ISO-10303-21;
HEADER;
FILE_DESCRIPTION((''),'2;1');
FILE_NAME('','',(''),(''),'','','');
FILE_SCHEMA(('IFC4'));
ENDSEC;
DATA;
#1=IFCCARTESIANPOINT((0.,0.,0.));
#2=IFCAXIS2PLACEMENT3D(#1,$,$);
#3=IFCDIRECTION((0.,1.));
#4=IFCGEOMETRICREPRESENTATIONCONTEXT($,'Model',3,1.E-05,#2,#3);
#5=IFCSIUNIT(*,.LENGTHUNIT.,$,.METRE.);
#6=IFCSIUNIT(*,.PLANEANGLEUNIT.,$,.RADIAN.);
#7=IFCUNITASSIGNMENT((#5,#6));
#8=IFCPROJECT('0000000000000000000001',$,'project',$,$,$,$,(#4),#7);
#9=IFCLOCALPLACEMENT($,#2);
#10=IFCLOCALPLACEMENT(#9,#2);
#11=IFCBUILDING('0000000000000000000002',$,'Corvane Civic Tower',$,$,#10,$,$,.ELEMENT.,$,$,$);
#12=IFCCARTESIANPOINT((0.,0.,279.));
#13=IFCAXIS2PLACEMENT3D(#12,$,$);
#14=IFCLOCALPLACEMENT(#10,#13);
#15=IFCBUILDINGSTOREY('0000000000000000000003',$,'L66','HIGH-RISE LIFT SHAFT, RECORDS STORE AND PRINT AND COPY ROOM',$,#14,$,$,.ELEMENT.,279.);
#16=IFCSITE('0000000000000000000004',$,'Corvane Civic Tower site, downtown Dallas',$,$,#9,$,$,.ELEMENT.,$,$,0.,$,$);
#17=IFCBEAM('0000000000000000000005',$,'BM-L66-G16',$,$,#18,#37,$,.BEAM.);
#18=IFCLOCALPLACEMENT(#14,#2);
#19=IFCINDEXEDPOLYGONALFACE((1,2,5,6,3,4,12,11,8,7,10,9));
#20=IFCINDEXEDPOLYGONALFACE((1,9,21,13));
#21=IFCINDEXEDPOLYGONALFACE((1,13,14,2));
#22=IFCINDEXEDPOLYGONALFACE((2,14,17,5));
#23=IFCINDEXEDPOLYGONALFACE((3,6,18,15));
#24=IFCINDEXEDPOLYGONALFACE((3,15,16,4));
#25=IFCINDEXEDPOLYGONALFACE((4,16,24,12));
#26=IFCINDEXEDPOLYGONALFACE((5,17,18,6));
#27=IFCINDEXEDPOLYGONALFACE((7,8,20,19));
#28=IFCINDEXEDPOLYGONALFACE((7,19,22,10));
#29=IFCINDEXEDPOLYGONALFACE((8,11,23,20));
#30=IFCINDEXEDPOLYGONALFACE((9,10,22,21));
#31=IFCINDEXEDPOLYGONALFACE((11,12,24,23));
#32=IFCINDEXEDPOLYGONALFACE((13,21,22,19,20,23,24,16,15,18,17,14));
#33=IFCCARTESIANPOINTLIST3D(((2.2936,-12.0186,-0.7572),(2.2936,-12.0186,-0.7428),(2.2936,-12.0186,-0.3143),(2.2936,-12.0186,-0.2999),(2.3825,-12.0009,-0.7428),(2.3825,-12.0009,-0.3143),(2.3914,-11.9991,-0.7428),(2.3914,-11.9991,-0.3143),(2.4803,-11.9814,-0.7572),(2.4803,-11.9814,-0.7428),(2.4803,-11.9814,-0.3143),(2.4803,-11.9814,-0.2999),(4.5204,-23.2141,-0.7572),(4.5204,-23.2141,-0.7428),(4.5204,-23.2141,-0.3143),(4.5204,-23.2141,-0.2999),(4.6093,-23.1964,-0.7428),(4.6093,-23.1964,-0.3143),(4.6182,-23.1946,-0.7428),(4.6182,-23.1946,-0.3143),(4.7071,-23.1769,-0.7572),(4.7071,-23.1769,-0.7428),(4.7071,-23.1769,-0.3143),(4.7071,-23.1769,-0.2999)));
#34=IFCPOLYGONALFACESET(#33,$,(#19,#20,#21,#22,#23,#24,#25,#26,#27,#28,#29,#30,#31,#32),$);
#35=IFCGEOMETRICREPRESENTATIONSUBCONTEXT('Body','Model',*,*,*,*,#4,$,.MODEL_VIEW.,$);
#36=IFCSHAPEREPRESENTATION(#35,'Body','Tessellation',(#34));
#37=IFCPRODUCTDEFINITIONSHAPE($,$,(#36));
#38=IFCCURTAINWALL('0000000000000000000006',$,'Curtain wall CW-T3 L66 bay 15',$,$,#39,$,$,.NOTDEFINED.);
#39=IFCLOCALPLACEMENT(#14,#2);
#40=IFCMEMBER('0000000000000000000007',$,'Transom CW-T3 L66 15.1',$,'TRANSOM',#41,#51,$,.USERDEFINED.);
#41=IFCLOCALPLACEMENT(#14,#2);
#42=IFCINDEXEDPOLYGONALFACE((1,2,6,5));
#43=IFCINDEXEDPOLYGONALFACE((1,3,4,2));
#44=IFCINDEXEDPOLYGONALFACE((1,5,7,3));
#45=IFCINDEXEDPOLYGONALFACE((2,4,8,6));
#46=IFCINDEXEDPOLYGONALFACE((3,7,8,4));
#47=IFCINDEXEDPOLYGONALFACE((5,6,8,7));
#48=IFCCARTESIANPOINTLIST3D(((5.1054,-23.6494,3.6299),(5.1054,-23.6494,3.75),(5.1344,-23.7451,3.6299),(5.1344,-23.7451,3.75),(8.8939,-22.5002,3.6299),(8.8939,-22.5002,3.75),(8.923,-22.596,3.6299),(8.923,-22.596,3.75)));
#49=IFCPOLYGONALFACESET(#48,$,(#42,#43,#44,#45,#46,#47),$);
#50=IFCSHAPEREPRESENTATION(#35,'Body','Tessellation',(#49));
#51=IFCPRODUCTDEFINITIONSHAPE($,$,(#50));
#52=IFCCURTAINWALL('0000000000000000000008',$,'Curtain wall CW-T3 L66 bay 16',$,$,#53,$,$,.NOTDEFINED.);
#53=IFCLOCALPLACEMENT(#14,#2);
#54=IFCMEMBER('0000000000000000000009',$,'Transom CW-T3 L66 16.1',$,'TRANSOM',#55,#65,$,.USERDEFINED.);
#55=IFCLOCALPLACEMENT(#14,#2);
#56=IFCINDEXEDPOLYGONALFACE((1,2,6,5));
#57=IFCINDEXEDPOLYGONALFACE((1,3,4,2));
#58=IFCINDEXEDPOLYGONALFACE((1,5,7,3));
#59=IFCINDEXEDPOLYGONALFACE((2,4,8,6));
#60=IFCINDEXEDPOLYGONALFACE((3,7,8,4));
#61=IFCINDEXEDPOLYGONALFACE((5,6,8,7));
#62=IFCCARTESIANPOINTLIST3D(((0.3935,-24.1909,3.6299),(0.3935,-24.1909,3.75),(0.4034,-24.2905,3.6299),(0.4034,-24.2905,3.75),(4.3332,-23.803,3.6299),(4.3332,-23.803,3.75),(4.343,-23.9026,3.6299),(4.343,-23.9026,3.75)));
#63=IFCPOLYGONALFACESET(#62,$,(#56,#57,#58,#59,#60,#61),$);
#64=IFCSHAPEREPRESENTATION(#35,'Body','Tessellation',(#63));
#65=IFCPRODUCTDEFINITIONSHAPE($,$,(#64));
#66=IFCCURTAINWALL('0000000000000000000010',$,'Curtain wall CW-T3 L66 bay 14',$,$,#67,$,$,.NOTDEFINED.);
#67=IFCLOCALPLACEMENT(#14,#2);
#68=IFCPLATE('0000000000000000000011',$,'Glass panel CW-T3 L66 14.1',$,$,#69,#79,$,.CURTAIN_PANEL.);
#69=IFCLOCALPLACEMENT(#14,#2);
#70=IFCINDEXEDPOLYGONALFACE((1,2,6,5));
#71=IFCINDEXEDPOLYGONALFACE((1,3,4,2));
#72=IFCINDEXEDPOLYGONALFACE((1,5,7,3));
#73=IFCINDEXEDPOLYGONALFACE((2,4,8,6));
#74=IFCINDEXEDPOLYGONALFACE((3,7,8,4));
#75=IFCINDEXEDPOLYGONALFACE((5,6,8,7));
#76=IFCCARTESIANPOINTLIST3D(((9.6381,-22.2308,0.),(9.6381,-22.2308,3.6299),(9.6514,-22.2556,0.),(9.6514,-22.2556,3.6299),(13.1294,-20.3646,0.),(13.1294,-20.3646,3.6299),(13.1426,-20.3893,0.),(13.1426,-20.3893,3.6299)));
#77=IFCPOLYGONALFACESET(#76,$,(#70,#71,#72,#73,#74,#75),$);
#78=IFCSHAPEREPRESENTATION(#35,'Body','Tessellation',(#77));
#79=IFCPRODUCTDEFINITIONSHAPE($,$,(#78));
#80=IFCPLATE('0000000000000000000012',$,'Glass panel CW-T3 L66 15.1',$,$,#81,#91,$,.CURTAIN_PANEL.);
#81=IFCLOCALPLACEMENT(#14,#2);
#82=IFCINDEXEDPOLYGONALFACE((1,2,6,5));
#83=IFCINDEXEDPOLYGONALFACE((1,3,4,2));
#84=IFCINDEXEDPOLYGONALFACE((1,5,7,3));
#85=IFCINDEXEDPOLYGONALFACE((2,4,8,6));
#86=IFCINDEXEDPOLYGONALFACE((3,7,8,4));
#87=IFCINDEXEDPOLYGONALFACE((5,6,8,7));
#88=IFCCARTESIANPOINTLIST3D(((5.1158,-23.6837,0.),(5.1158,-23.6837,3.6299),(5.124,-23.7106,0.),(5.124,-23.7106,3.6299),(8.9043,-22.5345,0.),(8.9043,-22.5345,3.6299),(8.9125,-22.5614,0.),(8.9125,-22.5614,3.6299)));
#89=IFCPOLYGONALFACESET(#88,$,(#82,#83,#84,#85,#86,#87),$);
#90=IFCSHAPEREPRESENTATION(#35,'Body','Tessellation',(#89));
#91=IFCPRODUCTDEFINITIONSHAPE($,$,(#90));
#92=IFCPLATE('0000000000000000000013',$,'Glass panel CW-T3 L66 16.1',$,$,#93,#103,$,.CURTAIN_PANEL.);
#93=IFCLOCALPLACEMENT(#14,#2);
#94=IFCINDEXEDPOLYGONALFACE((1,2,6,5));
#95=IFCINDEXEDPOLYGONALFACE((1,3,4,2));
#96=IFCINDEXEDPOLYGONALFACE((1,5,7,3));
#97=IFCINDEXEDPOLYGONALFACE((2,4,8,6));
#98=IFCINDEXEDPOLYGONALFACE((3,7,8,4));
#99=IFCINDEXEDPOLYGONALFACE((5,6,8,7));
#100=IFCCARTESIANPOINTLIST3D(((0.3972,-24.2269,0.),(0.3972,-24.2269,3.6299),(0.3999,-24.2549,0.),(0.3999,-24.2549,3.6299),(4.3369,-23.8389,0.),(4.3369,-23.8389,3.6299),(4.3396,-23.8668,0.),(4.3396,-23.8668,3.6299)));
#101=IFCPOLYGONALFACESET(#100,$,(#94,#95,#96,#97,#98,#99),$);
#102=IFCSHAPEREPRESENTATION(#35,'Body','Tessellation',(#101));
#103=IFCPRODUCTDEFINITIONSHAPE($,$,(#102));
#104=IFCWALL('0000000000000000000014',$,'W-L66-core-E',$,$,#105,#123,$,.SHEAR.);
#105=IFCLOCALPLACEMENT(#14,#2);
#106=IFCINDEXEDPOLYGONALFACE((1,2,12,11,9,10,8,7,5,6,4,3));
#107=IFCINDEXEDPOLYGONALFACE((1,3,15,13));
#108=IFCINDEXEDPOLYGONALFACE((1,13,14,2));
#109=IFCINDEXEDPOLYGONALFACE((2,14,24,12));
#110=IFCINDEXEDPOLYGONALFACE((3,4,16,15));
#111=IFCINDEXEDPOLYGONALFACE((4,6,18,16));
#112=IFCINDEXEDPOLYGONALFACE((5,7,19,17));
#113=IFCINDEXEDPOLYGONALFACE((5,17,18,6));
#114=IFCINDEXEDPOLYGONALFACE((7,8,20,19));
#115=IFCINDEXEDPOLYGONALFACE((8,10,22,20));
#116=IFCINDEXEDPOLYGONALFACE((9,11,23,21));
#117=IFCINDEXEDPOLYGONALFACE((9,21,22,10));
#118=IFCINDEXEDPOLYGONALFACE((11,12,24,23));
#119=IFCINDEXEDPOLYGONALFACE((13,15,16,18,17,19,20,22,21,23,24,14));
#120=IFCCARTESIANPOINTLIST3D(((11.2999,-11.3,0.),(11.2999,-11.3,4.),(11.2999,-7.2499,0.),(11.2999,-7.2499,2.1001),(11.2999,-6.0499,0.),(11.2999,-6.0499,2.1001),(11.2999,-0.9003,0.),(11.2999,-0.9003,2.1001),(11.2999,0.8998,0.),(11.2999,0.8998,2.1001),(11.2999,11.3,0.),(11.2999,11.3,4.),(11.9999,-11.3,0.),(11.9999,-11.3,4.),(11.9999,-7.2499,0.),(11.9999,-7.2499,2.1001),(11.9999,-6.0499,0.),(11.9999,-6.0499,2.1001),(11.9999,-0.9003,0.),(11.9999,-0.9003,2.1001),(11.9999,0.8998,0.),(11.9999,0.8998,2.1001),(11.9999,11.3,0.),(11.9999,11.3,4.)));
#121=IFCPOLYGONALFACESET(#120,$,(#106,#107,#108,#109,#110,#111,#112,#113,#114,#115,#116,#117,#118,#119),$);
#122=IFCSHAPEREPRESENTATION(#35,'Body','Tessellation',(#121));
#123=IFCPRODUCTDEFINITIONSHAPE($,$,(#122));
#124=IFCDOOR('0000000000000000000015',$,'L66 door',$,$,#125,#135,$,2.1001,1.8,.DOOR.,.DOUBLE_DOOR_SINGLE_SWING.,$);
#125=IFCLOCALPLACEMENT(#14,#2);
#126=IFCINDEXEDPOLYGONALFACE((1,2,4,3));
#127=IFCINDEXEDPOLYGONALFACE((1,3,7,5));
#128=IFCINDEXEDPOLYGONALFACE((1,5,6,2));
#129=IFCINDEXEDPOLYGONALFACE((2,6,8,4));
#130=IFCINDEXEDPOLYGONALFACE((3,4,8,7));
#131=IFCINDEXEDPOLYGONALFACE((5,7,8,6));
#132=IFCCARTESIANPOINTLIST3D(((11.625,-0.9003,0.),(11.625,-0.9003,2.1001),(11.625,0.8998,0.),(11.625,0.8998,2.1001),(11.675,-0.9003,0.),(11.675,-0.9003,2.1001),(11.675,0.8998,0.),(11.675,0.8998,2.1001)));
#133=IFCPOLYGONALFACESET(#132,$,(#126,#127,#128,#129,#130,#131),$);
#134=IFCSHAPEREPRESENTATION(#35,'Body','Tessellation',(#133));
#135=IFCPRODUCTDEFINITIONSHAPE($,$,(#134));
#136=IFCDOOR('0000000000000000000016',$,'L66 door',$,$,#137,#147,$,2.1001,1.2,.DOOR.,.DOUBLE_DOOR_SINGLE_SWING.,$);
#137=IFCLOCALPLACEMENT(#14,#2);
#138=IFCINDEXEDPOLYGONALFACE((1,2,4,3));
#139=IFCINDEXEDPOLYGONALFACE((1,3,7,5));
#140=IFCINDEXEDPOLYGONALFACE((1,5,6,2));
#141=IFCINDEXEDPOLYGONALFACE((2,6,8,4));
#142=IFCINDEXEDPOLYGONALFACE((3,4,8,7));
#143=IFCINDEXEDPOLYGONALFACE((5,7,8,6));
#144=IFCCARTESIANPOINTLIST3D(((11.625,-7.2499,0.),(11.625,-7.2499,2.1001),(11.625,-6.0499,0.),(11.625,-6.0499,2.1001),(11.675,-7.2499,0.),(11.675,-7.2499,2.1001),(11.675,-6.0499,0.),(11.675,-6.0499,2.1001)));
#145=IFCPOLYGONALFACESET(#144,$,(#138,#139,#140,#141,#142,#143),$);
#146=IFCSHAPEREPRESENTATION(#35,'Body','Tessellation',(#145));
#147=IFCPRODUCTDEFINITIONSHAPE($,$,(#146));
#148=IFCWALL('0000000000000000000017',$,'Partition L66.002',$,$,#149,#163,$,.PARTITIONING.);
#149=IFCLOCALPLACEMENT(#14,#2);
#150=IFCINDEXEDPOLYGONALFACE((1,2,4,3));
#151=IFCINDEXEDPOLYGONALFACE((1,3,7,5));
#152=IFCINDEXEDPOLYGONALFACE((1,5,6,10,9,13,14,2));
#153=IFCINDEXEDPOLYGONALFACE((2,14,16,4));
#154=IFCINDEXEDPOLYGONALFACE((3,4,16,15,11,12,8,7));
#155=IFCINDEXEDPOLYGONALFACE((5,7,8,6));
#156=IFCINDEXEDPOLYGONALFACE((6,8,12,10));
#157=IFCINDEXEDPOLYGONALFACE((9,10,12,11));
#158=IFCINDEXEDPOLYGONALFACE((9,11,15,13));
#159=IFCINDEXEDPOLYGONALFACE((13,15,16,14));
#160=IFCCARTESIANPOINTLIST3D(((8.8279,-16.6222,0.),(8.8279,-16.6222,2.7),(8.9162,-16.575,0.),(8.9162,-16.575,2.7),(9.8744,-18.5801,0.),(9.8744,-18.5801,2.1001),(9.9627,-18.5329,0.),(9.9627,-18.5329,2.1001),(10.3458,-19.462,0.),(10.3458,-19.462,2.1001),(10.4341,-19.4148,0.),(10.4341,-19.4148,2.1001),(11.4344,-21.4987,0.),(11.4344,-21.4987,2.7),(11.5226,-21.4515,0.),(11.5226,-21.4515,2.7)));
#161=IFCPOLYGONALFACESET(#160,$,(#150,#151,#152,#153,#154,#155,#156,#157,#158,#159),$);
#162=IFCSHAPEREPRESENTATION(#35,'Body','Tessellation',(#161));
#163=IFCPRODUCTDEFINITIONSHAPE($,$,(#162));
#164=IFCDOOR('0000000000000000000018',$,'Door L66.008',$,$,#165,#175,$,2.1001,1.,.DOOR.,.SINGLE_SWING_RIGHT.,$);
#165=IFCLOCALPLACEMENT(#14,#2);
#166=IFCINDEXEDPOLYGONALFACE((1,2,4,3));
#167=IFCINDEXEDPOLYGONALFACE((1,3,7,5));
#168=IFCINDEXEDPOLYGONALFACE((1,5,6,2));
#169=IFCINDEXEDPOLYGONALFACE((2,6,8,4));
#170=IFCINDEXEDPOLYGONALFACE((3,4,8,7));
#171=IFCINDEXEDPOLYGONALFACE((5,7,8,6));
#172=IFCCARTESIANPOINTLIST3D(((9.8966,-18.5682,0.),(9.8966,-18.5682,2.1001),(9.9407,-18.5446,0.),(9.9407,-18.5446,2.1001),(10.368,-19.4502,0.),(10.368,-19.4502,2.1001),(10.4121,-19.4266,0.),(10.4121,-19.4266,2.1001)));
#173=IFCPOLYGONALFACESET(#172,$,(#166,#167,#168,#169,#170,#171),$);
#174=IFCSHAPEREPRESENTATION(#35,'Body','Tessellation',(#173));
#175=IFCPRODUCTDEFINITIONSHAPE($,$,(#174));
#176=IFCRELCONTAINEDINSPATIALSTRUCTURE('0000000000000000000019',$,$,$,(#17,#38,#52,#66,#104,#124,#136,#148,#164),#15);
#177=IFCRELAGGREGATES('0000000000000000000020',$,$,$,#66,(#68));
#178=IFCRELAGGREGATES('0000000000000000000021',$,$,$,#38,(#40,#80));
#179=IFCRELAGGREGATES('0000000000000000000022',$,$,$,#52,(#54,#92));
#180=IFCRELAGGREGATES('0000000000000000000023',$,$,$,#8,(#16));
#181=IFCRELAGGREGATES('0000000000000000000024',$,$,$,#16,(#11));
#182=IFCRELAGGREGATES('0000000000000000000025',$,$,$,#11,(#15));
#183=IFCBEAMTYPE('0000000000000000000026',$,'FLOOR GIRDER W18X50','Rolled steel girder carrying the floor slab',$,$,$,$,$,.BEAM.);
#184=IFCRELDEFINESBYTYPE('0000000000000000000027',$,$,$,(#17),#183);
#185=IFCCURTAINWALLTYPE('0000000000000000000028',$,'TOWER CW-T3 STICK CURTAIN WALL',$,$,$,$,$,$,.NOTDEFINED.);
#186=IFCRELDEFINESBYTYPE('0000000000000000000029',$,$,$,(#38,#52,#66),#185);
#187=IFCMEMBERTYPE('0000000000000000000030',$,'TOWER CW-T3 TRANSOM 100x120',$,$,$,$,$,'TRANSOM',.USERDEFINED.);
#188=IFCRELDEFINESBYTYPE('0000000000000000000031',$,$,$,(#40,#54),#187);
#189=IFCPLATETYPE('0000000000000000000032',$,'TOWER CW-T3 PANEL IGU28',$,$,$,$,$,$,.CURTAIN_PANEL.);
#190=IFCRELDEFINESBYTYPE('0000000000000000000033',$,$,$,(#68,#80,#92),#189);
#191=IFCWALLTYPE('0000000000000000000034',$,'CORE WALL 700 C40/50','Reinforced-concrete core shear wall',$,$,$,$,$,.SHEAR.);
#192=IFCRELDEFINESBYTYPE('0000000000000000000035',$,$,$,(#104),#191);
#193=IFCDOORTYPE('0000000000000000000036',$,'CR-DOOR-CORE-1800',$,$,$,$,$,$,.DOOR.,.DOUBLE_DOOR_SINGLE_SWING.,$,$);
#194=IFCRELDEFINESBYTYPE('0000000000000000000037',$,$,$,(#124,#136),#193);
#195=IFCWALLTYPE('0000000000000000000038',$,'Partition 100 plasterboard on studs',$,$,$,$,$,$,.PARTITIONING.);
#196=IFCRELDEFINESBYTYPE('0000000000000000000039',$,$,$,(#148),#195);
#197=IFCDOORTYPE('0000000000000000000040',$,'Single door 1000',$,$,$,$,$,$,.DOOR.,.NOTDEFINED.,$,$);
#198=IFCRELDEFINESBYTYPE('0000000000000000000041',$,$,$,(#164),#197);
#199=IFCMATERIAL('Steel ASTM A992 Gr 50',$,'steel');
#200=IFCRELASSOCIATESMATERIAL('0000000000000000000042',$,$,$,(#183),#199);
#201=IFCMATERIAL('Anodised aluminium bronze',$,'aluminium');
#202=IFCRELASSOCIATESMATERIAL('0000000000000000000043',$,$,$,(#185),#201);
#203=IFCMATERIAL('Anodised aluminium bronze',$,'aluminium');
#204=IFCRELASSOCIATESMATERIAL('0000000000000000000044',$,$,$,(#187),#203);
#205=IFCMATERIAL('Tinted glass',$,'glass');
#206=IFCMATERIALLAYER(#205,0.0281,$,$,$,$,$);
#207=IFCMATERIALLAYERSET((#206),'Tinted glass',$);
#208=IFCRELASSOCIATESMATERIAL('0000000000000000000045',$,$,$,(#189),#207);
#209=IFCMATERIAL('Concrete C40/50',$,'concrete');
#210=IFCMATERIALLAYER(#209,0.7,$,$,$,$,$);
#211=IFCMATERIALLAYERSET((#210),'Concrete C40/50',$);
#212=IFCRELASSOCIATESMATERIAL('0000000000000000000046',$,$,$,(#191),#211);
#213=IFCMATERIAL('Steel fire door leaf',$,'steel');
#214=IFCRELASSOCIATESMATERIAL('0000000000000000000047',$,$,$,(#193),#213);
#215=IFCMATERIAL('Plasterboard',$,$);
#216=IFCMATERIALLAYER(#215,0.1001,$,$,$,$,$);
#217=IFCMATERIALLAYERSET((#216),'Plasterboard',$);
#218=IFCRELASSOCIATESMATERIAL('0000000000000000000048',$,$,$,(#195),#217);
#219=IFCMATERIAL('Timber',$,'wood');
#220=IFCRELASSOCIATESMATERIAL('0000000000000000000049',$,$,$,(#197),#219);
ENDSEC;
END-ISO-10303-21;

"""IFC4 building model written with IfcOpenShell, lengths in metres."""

from ifc_helpers import new_model, si_unit, direction, frame, frame_2d, origin, origin_2d, place, context, subcontext, project, spatial, rectangle, i_section, extrude, material, layer, layer_set, material_profile, profile_set, type_object, element, fill, aggregate, save


model = new_model("IFC4")

# Units and contexts
model_context = context("Model", 3, precision=1e-05, world=origin(), true_north=direction((0.0, 1.0)))
body_context = subcontext(model_context, "Body", "Model", "MODEL_VIEW")
ifc_project = project(units=[si_unit("LENGTHUNIT", "METRE"), si_unit("PLANEANGLEUNIT", "RADIAN")], contexts=[model_context])

# Site, building, storey
site_placement = place(None, origin())
site = spatial("IfcSite", under=ifc_project, at=site_placement, Name="Corvane Civic Tower site, downtown Dallas", CompositionType="ELEMENT", RefElevation=0.0)
building_placement = place(site_placement, origin())
building = spatial("IfcBuilding", under=site, at=building_placement, Name="Corvane Civic Tower", CompositionType="ELEMENT")
storey_placement = place(building_placement, frame((0.0, 0.0, 279.0)))
storey = spatial("IfcBuildingStorey", under=building, at=storey_placement, Name="L66", Description="HIGH-RISE LIFT SHAFT, RECORDS STORE AND PRINT AND COPY ROOM", CompositionType="ELEMENT", Elevation=279.0)

# Beam
ifc_material_1 = material(Name="Steel ASTM A992 Gr 50", Category="steel")
ifc_material_profile_1 = material_profile(ifc_material_1, i_section(OverallWidth=0.1904, OverallDepth=0.4573, WebThickness=0.009, FlangeThickness=0.0144, at=origin_2d()), Name="W18X50")
ifc_profile_set_1 = profile_set([ifc_material_profile_1], Name="Steel ASTM A992 Gr 50")
beam_type_1 = type_object("IfcBeamType", Name="FLOOR GIRDER W18X50", Description="Rolled steel girder carrying the floor slab", PredefinedType="BEAM", material=ifc_profile_set_1)
beam_1_placement = place(storey_placement, frame((2.387, -12.0, -0.5286), z_axis=(0.19508, -0.980787, 0.0), x_axis=(0.980787, 0.19508, 0.0)))
element("IfcBeam", 1, at=beam_1_placement, inside=storey, type_object=beam_type_1, Name="BM-L66-G16", PredefinedType="BEAM", context=body_context, shape_type="SweptSolid", body=[
    extrude(i_section(OverallWidth=0.1904, OverallDepth=0.4573, WebThickness=0.009, FlangeThickness=0.0144, at=origin_2d()), origin(), (0.0, 0.0, 1.0), 11.4148),
])

# Curtain walls, members
ifc_material_2 = material(Name="Anodised aluminium bronze", Category="aluminium")
curtain_wall_type = type_object("IfcCurtainWallType", Name="TOWER CW-T3 STICK CURTAIN WALL", PredefinedType="NOTDEFINED", material=ifc_material_2)
curtain_wall_1_placement = place(storey_placement, origin())
curtain_wall_1 = element("IfcCurtainWall", 2, at=curtain_wall_1_placement, inside=storey, type_object=curtain_wall_type, Name="Curtain wall CW-T3 L66 bay 15", PredefinedType="NOTDEFINED")
ifc_material_3 = material(Name="Anodised aluminium bronze", Category="aluminium")
ifc_material_profile_2 = material_profile(ifc_material_3, rectangle(XDim=0.1001, YDim=0.1201, at=origin_2d()), Name="TOWER CW-T3 TRANSOM 100x120")
ifc_profile_set_2 = profile_set([ifc_material_profile_2], Name="Anodised aluminium bronze")
member_type = type_object("IfcMemberType", Name="TOWER CW-T3 TRANSOM 100x120", ElementType="TRANSOM", PredefinedType="USERDEFINED", material=ifc_profile_set_2)
member_1_placement = place(storey_placement, frame((8.9084, -22.5481, 3.6899), z_axis=(-0.956946, -0.290266, 0.0), x_axis=(0.290266, -0.956946, 0.0)))
member_1 = element("IfcMember", 3, at=member_1_placement, type_object=member_type, Name="Transom CW-T3 L66 15.1", ObjectType="TRANSOM", PredefinedType="USERDEFINED", context=body_context, shape_type="SweptSolid", body=[
    extrude(rectangle(XDim=0.1001, YDim=0.1201, at=origin_2d()), origin(), (0.0, 0.0, 1.0), 3.959),
])
curtain_wall_2_placement = place(storey_placement, origin())
curtain_wall_2 = element("IfcCurtainWall", 4, at=curtain_wall_2_placement, inside=storey, type_object=curtain_wall_type, Name="Curtain wall CW-T3 L66 bay 16", PredefinedType="NOTDEFINED")
member_2_placement = place(storey_placement, frame((4.3381, -23.8528, 3.6899), z_axis=(-0.995187, -0.097995, 0.0), x_axis=(0.097995, -0.995187, 0.0)))
member_2 = element("IfcMember", 5, at=member_2_placement, type_object=member_type, Name="Transom CW-T3 L66 16.1", ObjectType="TRANSOM", PredefinedType="USERDEFINED", context=body_context, shape_type="SweptSolid", body=[
    extrude(rectangle(XDim=0.1001, YDim=0.1201, at=origin_2d()), origin(), (0.0, 0.0, 1.0), 3.9587),
])

# Curtain wall, plate
curtain_wall_3_placement = place(storey_placement, origin())
curtain_wall_3 = element("IfcCurtainWall", 6, at=curtain_wall_3_placement, inside=storey, type_object=curtain_wall_type, Name="Curtain wall CW-T3 L66 bay 14", PredefinedType="NOTDEFINED")
ifc_material_4 = material(Name="Tinted glass", Category="glass")
ifc_layer_1 = layer(ifc_material_4, 0.0281)
ifc_layer_set_1 = layer_set([ifc_layer_1], Name="Tinted glass")
plate_type = type_object("IfcPlateType", Name="TOWER CW-T3 PANEL IGU28", PredefinedType="CURTAIN_PANEL", material=ifc_layer_set_1)
plate_1_placement = place(storey_placement, frame((11.3904, -21.3101, 0.0), z_axis=(0.0, 0.0, 1.0), x_axis=(-0.881908, -0.471421, 0.0)))
plate_1 = element("IfcPlate", 7, at=plate_1_placement, type_object=plate_type, Name="Glass panel CW-T3 L66 14.1", PredefinedType="CURTAIN_PANEL", context=body_context, shape_type="SweptSolid", body=[
    extrude(rectangle(XDim=3.9587, YDim=0.0281, at=origin_2d()), origin(), (0.0, 0.0, 1.0), 3.6299),
])
aggregate(curtain_wall_3, [plate_1])

# Plates
plate_2_placement = place(storey_placement, frame((7.0142, -23.1226, 0.0), z_axis=(0.0, 0.0, 1.0), x_axis=(-0.956944, -0.290274, 0.0)))
plate_2 = element("IfcPlate", 8, at=plate_2_placement, type_object=plate_type, Name="Glass panel CW-T3 L66 15.1", PredefinedType="CURTAIN_PANEL", context=body_context, shape_type="SweptSolid", body=[
    extrude(rectangle(XDim=3.959, YDim=0.0281, at=origin_2d()), origin(), (0.0, 0.0, 1.0), 3.6299),
])
aggregate(curtain_wall_1, [member_1, plate_2])
plate_3_placement = place(storey_placement, frame((2.3684, -24.0469, 0.0), z_axis=(0.0, 0.0, 1.0), x_axis=(-0.995184, -0.098021, 0.0)))
plate_3 = element("IfcPlate", 9, at=plate_3_placement, type_object=plate_type, Name="Glass panel CW-T3 L66 16.1", PredefinedType="CURTAIN_PANEL", context=body_context, shape_type="SweptSolid", body=[
    extrude(rectangle(XDim=3.9587, YDim=0.0281, at=origin_2d()), origin(), (0.0, 0.0, 1.0), 3.6299),
])
aggregate(curtain_wall_2, [member_2, plate_3])

# Wall, openings, doors
ifc_material_5 = material(Name="Concrete C40/50", Category="concrete")
ifc_layer_2 = layer(ifc_material_5, 0.7)
ifc_layer_set_2 = layer_set([ifc_layer_2], Name="Concrete C40/50")
wall_type_1 = type_object("IfcWallType", Name="CORE WALL 700 C40/50", Description="Reinforced-concrete core shear wall", PredefinedType="SHEAR", material=ifc_layer_set_2)
wall_1_placement = place(storey_placement, frame((11.6499, -11.3, 0.0), z_axis=(0.0, 0.0, 1.0), x_axis=(0.0, 1.0, 0.0)))
wall_1 = element("IfcWall", 10, at=wall_1_placement, inside=storey, type_object=wall_type_1, Name="W-L66-core-E", PredefinedType="SHEAR", context=body_context, shape_type="SweptSolid", body=[
    extrude(rectangle(XDim=22.6001, YDim=0.7, at=frame_2d((11.3, 0.0))), origin(), (0.0, 0.0, 1.0), 4.0),
])
opening_1_placement = place(wall_1_placement, frame((10.3999, 0.0, 0.0)))
opening_1 = element("IfcOpeningElement", 11, at=opening_1_placement, cuts=wall_1, PredefinedType="OPENING", context=body_context, shape_type="SweptSolid", body=[
    extrude(rectangle(XDim=1.8, YDim=2.1001, at=frame_2d((0.8999, 1.05))), frame((0.0, 0.3599, 0.0), z_axis=(0.0, -1.0, 0.0), x_axis=(1.0, 0.0, 0.0)), (0.0, 0.0, 1.0), 0.72),
])
opening_2_placement = place(wall_1_placement, frame((4.05, 0.0, 0.0)))
opening_2 = element("IfcOpeningElement", 12, at=opening_2_placement, cuts=wall_1, PredefinedType="OPENING", context=body_context, shape_type="SweptSolid", body=[
    extrude(rectangle(XDim=1.2, YDim=2.1001, at=frame_2d((0.6001, 1.05))), frame((0.0, 0.3599, 0.0), z_axis=(0.0, -1.0, 0.0), x_axis=(1.0, 0.0, 0.0)), (0.0, 0.0, 1.0), 0.72),
])
ifc_material_6 = material(Name="Steel fire door leaf", Category="steel")
door_type_1 = type_object("IfcDoorType", Name="CR-DOOR-CORE-1800", OperationType="DOUBLE_DOOR_SINGLE_SWING", PredefinedType="DOOR", material=ifc_material_6)
door_1_placement = place(opening_1_placement, origin())
door_1 = element("IfcDoor", 13, at=door_1_placement, inside=storey, type_object=door_type_1, Name="L66 door", OperationType="DOUBLE_DOOR_SINGLE_SWING", OverallHeight=2.1001, OverallWidth=1.8, PredefinedType="DOOR", context=body_context, shape_type="SweptSolid", body=[
    extrude(rectangle(XDim=1.8, YDim=2.1001, at=frame_2d((0.8999, 1.05))), frame((0.0, 0.0249, 0.0), z_axis=(0.0, -1.0, 0.0), x_axis=(1.0, 0.0, 0.0)), (0.0, 0.0, 1.0), 0.05),
])
fill(opening_1, door_1)
door_2_placement = place(opening_2_placement, origin())
door_2 = element("IfcDoor", 14, at=door_2_placement, inside=storey, type_object=door_type_1, Name="L66 door", OperationType="DOUBLE_DOOR_SINGLE_SWING", OverallHeight=2.1001, OverallWidth=1.2, PredefinedType="DOOR", context=body_context, shape_type="SweptSolid", body=[
    extrude(rectangle(XDim=1.2, YDim=2.1001, at=frame_2d((0.6001, 1.05))), frame((0.0, 0.0249, 0.0), z_axis=(0.0, -1.0, 0.0), x_axis=(1.0, 0.0, 0.0)), (0.0, 0.0, 1.0), 0.05),
])
fill(opening_2, door_2)

# Wall, opening, door
ifc_material_7 = material(Name="Plasterboard")
ifc_layer_3 = layer(ifc_material_7, 0.1001)
ifc_layer_set_3 = layer_set([ifc_layer_3], Name="Plasterboard")
wall_type_2 = type_object("IfcWallType", Name="Partition 100 plasterboard on studs", PredefinedType="PARTITIONING", material=ifc_layer_set_3)
wall_2_placement = place(storey_placement, frame((8.8721, -16.5986, 0.0), z_axis=(0.0, 0.0, 1.0), x_axis=(0.471386, -0.881927, 0.0)))
wall_2 = element("IfcWall", 15, at=wall_2_placement, inside=storey, type_object=wall_type_2, Name="Partition L66.002", PredefinedType="PARTITIONING", context=body_context, shape_type="SweptSolid", body=[
    extrude(rectangle(XDim=5.5293, YDim=0.1001, at=frame_2d((2.7646, 0.0))), origin(), (0.0, 0.0, 1.0), 2.7),
])
opening_3_placement = place(wall_2_placement, frame((2.22, 0.0, 0.0)))
opening_3 = element("IfcOpeningElement", 16, at=opening_3_placement, cuts=wall_2, PredefinedType="OPENING", context=body_context, shape_type="SweptSolid", body=[
    extrude(rectangle(XDim=1.0, YDim=2.1001, at=frame_2d((0.5, 1.05))), frame((0.0, 0.0601, 0.0), z_axis=(0.0, -1.0, 0.0), x_axis=(1.0, 0.0, 0.0)), (0.0, 0.0, 1.0), 0.1201),
])
ifc_material_8 = material(Name="Timber", Category="wood")
door_type_2 = type_object("IfcDoorType", Name="Single door 1000", OperationType="NOTDEFINED", PredefinedType="DOOR", material=ifc_material_8)
door_3_placement = place(opening_3_placement, frame((1.0, 0.0, 0.0), z_axis=(0.0, 0.0, 1.0), x_axis=(-1.0, 0.0, 0.0)))
door_3 = element("IfcDoor", 17, at=door_3_placement, inside=storey, type_object=door_type_2, Name="Door L66.008", OperationType="SINGLE_SWING_RIGHT", OverallHeight=2.1001, OverallWidth=1.0, PredefinedType="DOOR", context=body_context, shape_type="SweptSolid", body=[
    extrude(rectangle(XDim=1.0, YDim=2.1001, at=frame_2d((0.5, 1.05))), frame((0.0, 0.0249, 0.0), z_axis=(0.0, -1.0, 0.0), x_axis=(1.0, 0.0, 0.0)), (0.0, 0.0, 1.0), 0.05),
])
fill(opening_3, door_3)

save(model, "model.ifc")
